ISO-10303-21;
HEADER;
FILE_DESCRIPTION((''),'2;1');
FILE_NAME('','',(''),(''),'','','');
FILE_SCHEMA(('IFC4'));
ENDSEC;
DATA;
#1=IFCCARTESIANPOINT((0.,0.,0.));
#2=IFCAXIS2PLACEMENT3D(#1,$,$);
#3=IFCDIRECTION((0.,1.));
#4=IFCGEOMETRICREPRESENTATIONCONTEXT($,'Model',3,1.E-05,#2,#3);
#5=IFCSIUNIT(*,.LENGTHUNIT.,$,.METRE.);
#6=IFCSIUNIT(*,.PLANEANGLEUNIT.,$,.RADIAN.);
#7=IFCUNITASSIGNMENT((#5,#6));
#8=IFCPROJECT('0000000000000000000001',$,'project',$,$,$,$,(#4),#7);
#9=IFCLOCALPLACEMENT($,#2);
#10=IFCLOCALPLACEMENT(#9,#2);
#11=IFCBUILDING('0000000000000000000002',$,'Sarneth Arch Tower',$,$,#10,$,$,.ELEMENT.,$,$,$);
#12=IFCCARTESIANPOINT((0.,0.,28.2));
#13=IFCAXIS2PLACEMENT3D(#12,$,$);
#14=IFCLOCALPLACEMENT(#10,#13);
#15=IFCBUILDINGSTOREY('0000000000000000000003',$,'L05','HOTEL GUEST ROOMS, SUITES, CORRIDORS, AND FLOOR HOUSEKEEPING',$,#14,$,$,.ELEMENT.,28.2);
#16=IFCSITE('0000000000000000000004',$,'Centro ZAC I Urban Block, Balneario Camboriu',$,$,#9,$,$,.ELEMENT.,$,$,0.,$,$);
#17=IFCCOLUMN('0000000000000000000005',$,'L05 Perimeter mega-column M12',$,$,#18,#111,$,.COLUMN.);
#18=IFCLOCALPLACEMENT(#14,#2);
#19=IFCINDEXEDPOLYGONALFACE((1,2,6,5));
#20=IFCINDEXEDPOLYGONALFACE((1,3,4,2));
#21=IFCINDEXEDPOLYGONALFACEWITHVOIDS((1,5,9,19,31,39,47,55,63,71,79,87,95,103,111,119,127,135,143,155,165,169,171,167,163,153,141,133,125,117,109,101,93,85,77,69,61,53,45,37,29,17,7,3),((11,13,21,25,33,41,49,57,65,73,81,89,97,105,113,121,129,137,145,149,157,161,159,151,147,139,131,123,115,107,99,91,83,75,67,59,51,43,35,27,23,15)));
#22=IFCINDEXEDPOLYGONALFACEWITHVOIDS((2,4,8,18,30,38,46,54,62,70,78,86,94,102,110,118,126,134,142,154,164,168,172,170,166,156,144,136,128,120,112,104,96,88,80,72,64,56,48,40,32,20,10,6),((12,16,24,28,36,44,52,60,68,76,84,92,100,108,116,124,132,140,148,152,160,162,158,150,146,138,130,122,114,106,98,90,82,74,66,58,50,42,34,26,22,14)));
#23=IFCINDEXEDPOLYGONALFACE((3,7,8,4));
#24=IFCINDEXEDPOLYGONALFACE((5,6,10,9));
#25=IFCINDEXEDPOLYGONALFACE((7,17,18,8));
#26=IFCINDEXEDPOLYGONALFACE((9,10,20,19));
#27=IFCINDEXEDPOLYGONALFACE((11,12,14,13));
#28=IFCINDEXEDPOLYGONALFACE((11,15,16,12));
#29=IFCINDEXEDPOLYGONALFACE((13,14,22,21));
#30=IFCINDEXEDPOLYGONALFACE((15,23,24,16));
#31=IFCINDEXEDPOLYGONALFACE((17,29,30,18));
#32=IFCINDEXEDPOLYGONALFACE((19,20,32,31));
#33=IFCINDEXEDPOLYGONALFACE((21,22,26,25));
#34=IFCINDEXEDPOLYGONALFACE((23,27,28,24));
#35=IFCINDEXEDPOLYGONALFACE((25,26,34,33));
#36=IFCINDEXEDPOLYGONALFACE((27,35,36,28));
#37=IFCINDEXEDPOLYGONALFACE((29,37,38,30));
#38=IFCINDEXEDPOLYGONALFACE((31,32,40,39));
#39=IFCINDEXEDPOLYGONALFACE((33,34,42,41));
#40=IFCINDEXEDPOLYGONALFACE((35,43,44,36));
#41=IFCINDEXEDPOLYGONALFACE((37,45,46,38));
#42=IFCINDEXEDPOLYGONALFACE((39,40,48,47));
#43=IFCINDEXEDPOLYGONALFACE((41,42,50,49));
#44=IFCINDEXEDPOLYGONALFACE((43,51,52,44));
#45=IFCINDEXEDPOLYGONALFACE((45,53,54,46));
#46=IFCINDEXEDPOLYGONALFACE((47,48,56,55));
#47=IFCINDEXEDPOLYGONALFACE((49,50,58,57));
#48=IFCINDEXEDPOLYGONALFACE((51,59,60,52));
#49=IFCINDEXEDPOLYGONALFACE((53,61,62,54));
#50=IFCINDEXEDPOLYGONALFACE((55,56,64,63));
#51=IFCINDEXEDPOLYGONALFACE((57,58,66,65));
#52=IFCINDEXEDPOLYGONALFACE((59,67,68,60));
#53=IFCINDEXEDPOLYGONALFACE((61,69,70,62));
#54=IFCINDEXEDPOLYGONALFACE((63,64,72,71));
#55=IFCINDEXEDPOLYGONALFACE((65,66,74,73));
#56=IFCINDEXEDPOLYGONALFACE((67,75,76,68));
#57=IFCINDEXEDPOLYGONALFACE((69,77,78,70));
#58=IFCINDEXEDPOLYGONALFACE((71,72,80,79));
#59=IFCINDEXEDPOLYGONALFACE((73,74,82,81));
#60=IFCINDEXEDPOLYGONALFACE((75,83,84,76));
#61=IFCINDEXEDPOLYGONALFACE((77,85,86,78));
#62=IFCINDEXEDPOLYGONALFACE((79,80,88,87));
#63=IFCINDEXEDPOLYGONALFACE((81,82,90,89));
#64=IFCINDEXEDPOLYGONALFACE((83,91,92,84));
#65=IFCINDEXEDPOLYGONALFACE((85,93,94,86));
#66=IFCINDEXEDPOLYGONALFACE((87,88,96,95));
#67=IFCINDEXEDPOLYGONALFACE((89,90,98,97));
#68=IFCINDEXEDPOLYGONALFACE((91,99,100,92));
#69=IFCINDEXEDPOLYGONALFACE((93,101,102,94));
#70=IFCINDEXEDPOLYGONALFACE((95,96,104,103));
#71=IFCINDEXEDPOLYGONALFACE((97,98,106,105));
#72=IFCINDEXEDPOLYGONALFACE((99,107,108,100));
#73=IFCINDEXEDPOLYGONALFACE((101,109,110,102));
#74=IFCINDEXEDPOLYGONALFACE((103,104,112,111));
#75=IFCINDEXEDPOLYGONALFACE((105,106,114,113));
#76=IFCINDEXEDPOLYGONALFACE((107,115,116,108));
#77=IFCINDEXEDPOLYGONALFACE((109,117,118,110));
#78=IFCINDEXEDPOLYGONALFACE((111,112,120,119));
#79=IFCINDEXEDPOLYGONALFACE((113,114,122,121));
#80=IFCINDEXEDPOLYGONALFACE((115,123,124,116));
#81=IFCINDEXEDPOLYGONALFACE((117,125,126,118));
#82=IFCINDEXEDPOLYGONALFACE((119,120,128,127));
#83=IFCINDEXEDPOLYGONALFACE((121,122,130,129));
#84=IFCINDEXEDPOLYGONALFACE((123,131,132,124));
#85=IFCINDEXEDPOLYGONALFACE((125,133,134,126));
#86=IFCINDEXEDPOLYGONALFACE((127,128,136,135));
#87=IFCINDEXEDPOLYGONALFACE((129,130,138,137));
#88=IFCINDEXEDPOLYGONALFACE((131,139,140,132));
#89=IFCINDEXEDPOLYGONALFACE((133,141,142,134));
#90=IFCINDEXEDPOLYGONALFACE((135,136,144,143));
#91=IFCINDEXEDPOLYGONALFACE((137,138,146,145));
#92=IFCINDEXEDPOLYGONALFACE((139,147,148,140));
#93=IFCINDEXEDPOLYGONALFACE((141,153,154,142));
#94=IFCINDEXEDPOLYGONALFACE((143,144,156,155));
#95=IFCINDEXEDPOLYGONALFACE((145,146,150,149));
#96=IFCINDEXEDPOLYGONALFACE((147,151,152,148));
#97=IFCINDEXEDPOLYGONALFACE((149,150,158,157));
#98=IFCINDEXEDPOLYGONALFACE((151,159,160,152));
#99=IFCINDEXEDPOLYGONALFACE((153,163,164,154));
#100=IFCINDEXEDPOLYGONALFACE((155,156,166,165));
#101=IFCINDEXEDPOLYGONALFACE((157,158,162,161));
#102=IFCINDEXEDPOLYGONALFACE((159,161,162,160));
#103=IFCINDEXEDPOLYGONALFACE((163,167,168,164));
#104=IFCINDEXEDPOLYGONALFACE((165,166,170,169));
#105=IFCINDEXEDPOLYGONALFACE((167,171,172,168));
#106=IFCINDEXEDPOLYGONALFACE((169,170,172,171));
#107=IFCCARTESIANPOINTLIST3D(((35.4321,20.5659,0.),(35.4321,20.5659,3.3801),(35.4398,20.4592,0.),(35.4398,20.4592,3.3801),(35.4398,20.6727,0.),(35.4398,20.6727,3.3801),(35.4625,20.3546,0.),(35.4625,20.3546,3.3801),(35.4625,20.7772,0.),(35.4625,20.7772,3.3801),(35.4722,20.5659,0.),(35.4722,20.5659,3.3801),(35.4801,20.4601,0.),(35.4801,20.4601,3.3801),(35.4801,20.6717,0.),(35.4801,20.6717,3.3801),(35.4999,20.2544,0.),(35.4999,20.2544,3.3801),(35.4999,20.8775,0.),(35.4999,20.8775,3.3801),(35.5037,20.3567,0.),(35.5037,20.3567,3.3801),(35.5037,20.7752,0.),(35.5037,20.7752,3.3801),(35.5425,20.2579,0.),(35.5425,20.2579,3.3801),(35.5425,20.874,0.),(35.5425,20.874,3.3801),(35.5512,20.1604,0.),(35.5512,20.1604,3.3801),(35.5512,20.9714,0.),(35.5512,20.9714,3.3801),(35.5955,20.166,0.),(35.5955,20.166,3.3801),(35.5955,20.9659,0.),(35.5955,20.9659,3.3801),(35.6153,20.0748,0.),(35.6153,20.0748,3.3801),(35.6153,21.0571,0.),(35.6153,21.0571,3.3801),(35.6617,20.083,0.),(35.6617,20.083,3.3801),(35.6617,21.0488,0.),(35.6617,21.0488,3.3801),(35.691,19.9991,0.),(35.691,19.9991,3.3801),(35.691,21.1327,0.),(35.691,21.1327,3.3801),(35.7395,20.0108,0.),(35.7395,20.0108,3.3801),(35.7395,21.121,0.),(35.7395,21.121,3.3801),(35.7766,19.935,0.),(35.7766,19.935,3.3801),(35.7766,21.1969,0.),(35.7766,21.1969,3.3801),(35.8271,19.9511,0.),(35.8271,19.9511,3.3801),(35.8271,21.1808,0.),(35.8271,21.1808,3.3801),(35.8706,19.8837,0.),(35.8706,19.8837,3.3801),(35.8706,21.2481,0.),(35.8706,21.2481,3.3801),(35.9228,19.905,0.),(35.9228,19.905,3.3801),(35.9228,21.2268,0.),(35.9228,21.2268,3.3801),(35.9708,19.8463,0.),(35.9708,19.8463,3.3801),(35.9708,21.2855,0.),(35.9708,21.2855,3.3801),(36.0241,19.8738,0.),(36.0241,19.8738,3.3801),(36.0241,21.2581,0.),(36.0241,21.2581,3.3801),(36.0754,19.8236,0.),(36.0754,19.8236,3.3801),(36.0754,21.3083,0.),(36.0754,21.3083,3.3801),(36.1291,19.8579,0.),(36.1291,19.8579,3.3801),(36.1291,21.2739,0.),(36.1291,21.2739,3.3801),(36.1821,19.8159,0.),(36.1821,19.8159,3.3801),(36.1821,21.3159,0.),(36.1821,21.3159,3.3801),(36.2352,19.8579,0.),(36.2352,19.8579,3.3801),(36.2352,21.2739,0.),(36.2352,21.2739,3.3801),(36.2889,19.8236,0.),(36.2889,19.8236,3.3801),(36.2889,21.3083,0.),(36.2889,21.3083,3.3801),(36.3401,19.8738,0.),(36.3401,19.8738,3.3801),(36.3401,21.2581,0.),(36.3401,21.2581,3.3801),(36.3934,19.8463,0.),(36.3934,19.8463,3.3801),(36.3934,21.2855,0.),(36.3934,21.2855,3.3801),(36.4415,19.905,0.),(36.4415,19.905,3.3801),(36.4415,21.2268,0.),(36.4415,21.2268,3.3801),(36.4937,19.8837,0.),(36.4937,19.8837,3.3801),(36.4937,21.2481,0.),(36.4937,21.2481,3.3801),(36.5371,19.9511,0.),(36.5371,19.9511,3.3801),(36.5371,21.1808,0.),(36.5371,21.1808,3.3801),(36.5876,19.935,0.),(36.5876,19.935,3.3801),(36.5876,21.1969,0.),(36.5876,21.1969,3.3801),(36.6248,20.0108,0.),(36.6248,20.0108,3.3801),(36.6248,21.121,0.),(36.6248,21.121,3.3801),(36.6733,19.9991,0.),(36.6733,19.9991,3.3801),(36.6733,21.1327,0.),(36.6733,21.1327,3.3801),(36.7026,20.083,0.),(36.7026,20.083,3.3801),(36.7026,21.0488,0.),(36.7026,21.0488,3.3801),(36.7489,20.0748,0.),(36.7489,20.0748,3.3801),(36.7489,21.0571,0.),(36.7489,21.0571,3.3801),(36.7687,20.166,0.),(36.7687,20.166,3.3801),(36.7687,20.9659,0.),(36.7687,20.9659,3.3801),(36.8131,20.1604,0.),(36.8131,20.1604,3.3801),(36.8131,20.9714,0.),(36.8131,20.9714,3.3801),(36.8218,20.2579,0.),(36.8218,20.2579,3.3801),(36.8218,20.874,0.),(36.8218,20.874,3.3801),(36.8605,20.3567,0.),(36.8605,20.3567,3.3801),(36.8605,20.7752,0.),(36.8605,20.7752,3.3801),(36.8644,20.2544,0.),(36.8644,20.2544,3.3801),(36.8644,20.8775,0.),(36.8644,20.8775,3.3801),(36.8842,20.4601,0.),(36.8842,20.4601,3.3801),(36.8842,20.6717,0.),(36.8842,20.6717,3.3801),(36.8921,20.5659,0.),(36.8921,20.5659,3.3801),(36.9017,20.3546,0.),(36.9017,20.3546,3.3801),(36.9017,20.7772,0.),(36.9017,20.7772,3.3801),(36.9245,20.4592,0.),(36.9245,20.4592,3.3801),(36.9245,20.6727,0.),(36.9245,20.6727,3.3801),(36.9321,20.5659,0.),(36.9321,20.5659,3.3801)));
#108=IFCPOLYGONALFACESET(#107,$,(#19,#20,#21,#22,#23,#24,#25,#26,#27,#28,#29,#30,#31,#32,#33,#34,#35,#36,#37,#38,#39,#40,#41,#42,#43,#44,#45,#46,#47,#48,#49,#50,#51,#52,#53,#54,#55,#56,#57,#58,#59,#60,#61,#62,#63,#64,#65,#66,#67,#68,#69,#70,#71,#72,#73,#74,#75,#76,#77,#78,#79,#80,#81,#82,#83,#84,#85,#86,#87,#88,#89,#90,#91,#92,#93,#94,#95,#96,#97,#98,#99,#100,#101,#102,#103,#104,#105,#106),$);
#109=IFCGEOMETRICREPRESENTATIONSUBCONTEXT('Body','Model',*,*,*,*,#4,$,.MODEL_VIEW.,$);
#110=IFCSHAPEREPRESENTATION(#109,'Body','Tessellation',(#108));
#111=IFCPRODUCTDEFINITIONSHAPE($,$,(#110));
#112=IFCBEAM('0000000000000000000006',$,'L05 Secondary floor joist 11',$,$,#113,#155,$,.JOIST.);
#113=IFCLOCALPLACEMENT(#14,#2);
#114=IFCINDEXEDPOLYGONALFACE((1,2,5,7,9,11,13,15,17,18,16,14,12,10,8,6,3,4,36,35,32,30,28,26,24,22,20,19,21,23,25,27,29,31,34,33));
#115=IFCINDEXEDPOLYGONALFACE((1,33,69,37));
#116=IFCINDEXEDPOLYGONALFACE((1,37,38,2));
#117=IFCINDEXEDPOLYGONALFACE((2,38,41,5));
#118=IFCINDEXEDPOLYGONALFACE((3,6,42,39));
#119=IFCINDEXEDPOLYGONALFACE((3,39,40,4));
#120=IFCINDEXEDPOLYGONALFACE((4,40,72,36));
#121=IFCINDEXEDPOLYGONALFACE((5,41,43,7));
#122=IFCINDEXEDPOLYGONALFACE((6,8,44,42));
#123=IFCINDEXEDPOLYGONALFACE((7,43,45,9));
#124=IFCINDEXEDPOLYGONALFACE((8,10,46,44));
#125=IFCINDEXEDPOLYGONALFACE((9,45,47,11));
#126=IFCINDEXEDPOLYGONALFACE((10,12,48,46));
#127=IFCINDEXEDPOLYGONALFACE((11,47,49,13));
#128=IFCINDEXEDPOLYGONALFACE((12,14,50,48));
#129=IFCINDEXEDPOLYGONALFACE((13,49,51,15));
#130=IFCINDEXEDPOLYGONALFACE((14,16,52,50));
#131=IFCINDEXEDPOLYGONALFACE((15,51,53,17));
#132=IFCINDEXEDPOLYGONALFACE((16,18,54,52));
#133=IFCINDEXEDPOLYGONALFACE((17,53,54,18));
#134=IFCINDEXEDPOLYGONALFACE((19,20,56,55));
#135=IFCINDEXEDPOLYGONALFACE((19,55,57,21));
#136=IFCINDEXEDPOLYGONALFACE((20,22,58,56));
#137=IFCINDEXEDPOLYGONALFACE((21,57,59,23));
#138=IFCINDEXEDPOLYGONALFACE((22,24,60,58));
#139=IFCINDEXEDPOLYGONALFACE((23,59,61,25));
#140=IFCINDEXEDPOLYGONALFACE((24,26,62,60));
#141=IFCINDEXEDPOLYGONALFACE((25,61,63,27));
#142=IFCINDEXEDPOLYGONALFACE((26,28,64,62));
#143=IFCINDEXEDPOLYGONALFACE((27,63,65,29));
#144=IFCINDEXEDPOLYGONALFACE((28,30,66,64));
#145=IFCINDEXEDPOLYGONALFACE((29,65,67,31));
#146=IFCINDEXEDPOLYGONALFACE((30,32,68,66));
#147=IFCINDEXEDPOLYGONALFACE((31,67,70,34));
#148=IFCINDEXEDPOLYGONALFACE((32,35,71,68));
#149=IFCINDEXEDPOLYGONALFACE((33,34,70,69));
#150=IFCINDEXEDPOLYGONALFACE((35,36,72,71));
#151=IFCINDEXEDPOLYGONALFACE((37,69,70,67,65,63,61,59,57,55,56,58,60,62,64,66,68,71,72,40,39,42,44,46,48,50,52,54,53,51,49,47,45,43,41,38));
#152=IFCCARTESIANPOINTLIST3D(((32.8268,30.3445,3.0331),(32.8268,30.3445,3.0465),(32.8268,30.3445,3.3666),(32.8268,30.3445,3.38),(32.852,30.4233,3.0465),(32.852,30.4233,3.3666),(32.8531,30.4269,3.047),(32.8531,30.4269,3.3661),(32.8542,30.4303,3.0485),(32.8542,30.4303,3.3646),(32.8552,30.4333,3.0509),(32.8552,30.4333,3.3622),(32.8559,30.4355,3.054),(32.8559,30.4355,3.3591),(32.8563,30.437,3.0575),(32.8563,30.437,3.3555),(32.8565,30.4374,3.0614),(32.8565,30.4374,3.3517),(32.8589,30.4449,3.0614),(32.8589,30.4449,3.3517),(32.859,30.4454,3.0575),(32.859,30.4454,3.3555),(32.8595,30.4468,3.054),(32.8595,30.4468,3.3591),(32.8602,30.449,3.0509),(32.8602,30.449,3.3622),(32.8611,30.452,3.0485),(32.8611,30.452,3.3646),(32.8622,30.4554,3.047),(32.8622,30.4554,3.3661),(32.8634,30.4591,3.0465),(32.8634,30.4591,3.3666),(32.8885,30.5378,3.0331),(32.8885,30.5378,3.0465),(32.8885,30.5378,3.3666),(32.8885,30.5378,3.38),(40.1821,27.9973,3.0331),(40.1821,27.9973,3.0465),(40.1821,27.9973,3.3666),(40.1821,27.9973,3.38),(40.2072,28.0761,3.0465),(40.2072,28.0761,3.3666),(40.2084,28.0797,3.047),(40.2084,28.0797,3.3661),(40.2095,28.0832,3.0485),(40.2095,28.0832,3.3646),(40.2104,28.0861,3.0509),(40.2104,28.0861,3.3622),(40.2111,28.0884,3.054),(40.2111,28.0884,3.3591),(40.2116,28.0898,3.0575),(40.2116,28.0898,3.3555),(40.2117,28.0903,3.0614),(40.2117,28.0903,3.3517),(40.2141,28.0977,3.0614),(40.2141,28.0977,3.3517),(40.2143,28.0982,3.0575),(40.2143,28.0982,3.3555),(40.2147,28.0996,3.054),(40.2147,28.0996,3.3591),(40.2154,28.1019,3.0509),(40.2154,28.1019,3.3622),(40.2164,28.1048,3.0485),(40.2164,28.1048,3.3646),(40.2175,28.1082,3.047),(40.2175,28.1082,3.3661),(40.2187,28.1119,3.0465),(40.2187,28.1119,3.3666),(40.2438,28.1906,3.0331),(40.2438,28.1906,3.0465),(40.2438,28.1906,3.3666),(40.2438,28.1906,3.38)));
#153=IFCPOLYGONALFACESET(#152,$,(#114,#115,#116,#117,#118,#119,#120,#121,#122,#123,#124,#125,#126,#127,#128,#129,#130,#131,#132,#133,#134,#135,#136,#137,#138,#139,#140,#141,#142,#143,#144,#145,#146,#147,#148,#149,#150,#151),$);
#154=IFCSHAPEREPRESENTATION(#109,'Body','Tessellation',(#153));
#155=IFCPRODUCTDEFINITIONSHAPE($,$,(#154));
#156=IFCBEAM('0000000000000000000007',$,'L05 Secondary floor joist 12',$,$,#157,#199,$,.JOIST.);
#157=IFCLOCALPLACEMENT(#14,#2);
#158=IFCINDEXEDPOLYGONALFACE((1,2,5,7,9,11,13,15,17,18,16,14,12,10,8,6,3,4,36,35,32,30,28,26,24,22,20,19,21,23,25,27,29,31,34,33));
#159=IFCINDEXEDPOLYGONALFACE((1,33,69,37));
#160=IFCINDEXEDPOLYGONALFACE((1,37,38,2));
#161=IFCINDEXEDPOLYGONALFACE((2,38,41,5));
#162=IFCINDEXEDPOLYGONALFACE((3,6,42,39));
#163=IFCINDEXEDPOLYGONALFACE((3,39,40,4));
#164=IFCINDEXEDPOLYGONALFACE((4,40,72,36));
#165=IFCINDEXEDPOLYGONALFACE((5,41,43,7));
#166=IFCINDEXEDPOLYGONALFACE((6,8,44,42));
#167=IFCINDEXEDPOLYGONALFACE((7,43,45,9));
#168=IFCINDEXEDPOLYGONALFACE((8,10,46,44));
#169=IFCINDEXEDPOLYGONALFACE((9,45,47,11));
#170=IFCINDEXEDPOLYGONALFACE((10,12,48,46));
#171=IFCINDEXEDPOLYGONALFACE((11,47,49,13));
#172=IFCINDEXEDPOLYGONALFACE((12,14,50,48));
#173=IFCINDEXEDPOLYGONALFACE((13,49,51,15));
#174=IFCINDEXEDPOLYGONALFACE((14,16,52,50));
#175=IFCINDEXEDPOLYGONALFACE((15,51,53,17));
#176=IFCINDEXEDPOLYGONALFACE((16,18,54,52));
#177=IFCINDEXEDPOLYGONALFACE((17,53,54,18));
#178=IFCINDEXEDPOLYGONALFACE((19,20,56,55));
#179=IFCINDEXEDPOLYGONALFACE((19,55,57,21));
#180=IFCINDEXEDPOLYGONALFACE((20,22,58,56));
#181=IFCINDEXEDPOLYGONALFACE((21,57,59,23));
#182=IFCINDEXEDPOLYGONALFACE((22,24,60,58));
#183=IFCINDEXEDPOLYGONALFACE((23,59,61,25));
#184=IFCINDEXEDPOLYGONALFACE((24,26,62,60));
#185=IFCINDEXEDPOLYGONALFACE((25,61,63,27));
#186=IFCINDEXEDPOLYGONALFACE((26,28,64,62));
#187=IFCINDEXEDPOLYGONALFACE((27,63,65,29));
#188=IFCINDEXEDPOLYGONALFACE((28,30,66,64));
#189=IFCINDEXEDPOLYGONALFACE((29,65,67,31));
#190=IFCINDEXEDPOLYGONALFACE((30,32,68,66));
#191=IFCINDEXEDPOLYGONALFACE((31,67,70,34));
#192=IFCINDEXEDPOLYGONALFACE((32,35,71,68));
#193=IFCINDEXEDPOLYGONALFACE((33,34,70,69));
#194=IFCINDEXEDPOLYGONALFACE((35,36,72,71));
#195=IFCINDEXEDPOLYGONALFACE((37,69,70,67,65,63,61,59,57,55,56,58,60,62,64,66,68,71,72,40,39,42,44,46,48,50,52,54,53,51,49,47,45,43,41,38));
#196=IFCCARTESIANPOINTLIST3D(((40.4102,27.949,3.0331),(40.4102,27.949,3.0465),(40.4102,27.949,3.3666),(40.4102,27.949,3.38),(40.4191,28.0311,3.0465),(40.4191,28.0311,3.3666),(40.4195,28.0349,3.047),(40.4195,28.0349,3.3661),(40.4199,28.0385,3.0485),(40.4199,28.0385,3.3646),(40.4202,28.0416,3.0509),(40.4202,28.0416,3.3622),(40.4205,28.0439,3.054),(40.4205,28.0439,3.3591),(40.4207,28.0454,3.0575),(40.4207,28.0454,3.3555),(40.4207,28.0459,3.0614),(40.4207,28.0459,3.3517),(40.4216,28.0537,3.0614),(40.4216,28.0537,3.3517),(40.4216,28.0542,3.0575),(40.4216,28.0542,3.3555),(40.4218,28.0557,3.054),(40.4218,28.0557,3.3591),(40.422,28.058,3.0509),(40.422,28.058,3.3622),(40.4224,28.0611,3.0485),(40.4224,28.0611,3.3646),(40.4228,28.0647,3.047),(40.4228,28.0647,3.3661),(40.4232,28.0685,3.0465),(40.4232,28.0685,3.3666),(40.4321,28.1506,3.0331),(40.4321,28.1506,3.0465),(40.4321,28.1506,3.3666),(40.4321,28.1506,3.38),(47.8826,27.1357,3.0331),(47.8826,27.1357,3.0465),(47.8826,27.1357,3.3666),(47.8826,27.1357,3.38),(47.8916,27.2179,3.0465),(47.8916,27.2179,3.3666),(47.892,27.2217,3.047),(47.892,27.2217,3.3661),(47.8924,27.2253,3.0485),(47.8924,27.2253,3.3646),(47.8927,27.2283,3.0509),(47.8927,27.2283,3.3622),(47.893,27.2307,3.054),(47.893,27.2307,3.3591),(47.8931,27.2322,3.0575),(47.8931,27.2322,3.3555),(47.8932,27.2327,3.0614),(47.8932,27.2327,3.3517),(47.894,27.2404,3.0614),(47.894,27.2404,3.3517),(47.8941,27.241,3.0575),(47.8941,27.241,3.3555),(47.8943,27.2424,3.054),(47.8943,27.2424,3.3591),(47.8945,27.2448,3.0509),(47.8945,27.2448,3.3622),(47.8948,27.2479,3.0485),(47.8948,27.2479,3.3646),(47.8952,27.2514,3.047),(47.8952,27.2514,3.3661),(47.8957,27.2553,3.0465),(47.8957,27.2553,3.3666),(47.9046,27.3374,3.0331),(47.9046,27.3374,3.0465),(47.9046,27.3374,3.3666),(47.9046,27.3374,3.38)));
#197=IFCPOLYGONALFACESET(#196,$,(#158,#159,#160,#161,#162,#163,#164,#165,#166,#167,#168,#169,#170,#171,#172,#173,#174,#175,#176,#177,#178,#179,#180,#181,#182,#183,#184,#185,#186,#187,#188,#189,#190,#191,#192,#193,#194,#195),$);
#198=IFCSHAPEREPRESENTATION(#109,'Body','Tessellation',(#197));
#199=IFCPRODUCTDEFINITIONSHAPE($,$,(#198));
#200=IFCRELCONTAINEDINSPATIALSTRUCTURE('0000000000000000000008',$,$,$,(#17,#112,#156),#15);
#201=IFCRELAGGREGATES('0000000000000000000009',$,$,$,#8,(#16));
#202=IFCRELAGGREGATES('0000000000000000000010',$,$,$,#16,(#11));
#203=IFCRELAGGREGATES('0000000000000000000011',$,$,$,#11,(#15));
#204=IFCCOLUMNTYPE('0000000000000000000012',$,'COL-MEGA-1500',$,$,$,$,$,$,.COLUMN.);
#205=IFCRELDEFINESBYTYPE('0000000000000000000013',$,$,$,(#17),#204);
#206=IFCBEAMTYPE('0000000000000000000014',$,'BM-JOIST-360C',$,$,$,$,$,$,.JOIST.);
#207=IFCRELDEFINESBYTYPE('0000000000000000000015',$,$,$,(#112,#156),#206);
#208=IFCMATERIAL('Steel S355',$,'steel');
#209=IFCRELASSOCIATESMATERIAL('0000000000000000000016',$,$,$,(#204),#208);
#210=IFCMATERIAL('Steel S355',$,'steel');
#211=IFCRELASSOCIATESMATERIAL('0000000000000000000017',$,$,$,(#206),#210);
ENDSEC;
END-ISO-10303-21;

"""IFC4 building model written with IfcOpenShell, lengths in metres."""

from ifc_helpers import new_model, si_unit, direction, frame, origin, origin_2d, place, context, subcontext, project, spatial, hollow_circle, i_section, extrude, material, material_profile, profile_set, type_object, element, save


model = new_model("IFC4")

# Units and contexts
model_context = context("Model", 3, precision=1e-05, world=origin(), true_north=direction((0.0, 1.0)))
body_context = subcontext(model_context, "Body", "Model", "MODEL_VIEW")
ifc_project = project(units=[si_unit("LENGTHUNIT", "METRE"), si_unit("PLANEANGLEUNIT", "RADIAN")], contexts=[model_context])

# Site, building, storey
site_placement = place(None, origin())
site = spatial("IfcSite", under=ifc_project, at=site_placement, Name="Centro ZAC I Urban Block, Balneario Camboriu", CompositionType="ELEMENT", RefElevation=0.0)
building_placement = place(site_placement, origin())
building = spatial("IfcBuilding", under=site, at=building_placement, Name="Sarneth Arch Tower", CompositionType="ELEMENT")
storey_placement = place(building_placement, frame((0.0, 0.0, 28.2)))
storey = spatial("IfcBuildingStorey", under=building, at=storey_placement, Name="L05", Description="HOTEL GUEST ROOMS, SUITES, CORRIDORS, AND FLOOR HOUSEKEEPING", CompositionType="ELEMENT", Elevation=28.2)

# Column
ifc_material_1 = material(Name="Steel S355", Category="steel")
ifc_material_profile_1 = material_profile(ifc_material_1, hollow_circle(Radius=0.75, WallThickness=0.04, at=origin_2d()), Name="CHS1500x40")
ifc_profile_set_1 = profile_set([ifc_material_profile_1], Name="Steel S355")
column_type = type_object("IfcColumnType", Name="COL-MEGA-1500", PredefinedType="COLUMN", material=ifc_profile_set_1)
column_placement = place(storey_placement, frame((36.1821, 20.5659, 0.0), z_axis=(0.0, 0.0, 1.0), x_axis=(1.0, 0.0, 0.0)))
element("IfcColumn", 1, at=column_placement, inside=storey, type_object=column_type, Name="L05 Perimeter mega-column M12", PredefinedType="COLUMN", context=body_context, shape_type="SweptSolid", body=[
    extrude(hollow_circle(Radius=0.75, WallThickness=0.04, at=origin_2d()), origin(), (0.0, 0.0, 1.0), 3.3801),
])

# Beams
ifc_material_2 = material(Name="Steel S355", Category="steel")
ifc_material_profile_2 = material_profile(ifc_material_2, i_section(OverallWidth=0.2029, OverallDepth=0.3469, WebThickness=0.0078, FlangeThickness=0.0134, FilletRadius=0.0149, at=origin_2d()), Name="W360x64")
ifc_profile_set_2 = profile_set([ifc_material_profile_2], Name="Steel S355")
beam_type_1 = type_object("IfcBeamType", Name="BM-JOIST-360C", PredefinedType="JOIST", material=ifc_profile_set_2)
beam_1_placement = place(storey_placement, frame((32.8577, 30.4412, 3.2065), z_axis=(0.952668, -0.304011, 0.0), x_axis=(0.304011, 0.952668, 0.0)))
element("IfcBeam", 2, at=beam_1_placement, inside=storey, type_object=beam_type_1, Name="L05 Secondary floor joist 11", PredefinedType="JOIST", context=body_context, shape_type="SweptSolid", body=[
    extrude(i_section(OverallWidth=0.2029, OverallDepth=0.3469, WebThickness=0.0078, FlangeThickness=0.0134, FilletRadius=0.0149, at=origin_2d()), origin(), (0.0, 0.0, 1.0), 7.7207),
])
beam_2_placement = place(storey_placement, frame((40.4211, 28.0498, 3.2065), z_axis=(0.99413, -0.108192, 0.0), x_axis=(0.108192, 0.99413, 0.0)))
element("IfcBeam", 3, at=beam_2_placement, inside=storey, type_object=beam_type_1, Name="L05 Secondary floor joist 12", PredefinedType="JOIST", context=body_context, shape_type="SweptSolid", body=[
    extrude(i_section(OverallWidth=0.2029, OverallDepth=0.3469, WebThickness=0.0078, FlangeThickness=0.0134, FilletRadius=0.0149, at=origin_2d()), origin(), (0.0, 0.0, 1.0), 7.5166),
])

save(model, "model.ifc")
